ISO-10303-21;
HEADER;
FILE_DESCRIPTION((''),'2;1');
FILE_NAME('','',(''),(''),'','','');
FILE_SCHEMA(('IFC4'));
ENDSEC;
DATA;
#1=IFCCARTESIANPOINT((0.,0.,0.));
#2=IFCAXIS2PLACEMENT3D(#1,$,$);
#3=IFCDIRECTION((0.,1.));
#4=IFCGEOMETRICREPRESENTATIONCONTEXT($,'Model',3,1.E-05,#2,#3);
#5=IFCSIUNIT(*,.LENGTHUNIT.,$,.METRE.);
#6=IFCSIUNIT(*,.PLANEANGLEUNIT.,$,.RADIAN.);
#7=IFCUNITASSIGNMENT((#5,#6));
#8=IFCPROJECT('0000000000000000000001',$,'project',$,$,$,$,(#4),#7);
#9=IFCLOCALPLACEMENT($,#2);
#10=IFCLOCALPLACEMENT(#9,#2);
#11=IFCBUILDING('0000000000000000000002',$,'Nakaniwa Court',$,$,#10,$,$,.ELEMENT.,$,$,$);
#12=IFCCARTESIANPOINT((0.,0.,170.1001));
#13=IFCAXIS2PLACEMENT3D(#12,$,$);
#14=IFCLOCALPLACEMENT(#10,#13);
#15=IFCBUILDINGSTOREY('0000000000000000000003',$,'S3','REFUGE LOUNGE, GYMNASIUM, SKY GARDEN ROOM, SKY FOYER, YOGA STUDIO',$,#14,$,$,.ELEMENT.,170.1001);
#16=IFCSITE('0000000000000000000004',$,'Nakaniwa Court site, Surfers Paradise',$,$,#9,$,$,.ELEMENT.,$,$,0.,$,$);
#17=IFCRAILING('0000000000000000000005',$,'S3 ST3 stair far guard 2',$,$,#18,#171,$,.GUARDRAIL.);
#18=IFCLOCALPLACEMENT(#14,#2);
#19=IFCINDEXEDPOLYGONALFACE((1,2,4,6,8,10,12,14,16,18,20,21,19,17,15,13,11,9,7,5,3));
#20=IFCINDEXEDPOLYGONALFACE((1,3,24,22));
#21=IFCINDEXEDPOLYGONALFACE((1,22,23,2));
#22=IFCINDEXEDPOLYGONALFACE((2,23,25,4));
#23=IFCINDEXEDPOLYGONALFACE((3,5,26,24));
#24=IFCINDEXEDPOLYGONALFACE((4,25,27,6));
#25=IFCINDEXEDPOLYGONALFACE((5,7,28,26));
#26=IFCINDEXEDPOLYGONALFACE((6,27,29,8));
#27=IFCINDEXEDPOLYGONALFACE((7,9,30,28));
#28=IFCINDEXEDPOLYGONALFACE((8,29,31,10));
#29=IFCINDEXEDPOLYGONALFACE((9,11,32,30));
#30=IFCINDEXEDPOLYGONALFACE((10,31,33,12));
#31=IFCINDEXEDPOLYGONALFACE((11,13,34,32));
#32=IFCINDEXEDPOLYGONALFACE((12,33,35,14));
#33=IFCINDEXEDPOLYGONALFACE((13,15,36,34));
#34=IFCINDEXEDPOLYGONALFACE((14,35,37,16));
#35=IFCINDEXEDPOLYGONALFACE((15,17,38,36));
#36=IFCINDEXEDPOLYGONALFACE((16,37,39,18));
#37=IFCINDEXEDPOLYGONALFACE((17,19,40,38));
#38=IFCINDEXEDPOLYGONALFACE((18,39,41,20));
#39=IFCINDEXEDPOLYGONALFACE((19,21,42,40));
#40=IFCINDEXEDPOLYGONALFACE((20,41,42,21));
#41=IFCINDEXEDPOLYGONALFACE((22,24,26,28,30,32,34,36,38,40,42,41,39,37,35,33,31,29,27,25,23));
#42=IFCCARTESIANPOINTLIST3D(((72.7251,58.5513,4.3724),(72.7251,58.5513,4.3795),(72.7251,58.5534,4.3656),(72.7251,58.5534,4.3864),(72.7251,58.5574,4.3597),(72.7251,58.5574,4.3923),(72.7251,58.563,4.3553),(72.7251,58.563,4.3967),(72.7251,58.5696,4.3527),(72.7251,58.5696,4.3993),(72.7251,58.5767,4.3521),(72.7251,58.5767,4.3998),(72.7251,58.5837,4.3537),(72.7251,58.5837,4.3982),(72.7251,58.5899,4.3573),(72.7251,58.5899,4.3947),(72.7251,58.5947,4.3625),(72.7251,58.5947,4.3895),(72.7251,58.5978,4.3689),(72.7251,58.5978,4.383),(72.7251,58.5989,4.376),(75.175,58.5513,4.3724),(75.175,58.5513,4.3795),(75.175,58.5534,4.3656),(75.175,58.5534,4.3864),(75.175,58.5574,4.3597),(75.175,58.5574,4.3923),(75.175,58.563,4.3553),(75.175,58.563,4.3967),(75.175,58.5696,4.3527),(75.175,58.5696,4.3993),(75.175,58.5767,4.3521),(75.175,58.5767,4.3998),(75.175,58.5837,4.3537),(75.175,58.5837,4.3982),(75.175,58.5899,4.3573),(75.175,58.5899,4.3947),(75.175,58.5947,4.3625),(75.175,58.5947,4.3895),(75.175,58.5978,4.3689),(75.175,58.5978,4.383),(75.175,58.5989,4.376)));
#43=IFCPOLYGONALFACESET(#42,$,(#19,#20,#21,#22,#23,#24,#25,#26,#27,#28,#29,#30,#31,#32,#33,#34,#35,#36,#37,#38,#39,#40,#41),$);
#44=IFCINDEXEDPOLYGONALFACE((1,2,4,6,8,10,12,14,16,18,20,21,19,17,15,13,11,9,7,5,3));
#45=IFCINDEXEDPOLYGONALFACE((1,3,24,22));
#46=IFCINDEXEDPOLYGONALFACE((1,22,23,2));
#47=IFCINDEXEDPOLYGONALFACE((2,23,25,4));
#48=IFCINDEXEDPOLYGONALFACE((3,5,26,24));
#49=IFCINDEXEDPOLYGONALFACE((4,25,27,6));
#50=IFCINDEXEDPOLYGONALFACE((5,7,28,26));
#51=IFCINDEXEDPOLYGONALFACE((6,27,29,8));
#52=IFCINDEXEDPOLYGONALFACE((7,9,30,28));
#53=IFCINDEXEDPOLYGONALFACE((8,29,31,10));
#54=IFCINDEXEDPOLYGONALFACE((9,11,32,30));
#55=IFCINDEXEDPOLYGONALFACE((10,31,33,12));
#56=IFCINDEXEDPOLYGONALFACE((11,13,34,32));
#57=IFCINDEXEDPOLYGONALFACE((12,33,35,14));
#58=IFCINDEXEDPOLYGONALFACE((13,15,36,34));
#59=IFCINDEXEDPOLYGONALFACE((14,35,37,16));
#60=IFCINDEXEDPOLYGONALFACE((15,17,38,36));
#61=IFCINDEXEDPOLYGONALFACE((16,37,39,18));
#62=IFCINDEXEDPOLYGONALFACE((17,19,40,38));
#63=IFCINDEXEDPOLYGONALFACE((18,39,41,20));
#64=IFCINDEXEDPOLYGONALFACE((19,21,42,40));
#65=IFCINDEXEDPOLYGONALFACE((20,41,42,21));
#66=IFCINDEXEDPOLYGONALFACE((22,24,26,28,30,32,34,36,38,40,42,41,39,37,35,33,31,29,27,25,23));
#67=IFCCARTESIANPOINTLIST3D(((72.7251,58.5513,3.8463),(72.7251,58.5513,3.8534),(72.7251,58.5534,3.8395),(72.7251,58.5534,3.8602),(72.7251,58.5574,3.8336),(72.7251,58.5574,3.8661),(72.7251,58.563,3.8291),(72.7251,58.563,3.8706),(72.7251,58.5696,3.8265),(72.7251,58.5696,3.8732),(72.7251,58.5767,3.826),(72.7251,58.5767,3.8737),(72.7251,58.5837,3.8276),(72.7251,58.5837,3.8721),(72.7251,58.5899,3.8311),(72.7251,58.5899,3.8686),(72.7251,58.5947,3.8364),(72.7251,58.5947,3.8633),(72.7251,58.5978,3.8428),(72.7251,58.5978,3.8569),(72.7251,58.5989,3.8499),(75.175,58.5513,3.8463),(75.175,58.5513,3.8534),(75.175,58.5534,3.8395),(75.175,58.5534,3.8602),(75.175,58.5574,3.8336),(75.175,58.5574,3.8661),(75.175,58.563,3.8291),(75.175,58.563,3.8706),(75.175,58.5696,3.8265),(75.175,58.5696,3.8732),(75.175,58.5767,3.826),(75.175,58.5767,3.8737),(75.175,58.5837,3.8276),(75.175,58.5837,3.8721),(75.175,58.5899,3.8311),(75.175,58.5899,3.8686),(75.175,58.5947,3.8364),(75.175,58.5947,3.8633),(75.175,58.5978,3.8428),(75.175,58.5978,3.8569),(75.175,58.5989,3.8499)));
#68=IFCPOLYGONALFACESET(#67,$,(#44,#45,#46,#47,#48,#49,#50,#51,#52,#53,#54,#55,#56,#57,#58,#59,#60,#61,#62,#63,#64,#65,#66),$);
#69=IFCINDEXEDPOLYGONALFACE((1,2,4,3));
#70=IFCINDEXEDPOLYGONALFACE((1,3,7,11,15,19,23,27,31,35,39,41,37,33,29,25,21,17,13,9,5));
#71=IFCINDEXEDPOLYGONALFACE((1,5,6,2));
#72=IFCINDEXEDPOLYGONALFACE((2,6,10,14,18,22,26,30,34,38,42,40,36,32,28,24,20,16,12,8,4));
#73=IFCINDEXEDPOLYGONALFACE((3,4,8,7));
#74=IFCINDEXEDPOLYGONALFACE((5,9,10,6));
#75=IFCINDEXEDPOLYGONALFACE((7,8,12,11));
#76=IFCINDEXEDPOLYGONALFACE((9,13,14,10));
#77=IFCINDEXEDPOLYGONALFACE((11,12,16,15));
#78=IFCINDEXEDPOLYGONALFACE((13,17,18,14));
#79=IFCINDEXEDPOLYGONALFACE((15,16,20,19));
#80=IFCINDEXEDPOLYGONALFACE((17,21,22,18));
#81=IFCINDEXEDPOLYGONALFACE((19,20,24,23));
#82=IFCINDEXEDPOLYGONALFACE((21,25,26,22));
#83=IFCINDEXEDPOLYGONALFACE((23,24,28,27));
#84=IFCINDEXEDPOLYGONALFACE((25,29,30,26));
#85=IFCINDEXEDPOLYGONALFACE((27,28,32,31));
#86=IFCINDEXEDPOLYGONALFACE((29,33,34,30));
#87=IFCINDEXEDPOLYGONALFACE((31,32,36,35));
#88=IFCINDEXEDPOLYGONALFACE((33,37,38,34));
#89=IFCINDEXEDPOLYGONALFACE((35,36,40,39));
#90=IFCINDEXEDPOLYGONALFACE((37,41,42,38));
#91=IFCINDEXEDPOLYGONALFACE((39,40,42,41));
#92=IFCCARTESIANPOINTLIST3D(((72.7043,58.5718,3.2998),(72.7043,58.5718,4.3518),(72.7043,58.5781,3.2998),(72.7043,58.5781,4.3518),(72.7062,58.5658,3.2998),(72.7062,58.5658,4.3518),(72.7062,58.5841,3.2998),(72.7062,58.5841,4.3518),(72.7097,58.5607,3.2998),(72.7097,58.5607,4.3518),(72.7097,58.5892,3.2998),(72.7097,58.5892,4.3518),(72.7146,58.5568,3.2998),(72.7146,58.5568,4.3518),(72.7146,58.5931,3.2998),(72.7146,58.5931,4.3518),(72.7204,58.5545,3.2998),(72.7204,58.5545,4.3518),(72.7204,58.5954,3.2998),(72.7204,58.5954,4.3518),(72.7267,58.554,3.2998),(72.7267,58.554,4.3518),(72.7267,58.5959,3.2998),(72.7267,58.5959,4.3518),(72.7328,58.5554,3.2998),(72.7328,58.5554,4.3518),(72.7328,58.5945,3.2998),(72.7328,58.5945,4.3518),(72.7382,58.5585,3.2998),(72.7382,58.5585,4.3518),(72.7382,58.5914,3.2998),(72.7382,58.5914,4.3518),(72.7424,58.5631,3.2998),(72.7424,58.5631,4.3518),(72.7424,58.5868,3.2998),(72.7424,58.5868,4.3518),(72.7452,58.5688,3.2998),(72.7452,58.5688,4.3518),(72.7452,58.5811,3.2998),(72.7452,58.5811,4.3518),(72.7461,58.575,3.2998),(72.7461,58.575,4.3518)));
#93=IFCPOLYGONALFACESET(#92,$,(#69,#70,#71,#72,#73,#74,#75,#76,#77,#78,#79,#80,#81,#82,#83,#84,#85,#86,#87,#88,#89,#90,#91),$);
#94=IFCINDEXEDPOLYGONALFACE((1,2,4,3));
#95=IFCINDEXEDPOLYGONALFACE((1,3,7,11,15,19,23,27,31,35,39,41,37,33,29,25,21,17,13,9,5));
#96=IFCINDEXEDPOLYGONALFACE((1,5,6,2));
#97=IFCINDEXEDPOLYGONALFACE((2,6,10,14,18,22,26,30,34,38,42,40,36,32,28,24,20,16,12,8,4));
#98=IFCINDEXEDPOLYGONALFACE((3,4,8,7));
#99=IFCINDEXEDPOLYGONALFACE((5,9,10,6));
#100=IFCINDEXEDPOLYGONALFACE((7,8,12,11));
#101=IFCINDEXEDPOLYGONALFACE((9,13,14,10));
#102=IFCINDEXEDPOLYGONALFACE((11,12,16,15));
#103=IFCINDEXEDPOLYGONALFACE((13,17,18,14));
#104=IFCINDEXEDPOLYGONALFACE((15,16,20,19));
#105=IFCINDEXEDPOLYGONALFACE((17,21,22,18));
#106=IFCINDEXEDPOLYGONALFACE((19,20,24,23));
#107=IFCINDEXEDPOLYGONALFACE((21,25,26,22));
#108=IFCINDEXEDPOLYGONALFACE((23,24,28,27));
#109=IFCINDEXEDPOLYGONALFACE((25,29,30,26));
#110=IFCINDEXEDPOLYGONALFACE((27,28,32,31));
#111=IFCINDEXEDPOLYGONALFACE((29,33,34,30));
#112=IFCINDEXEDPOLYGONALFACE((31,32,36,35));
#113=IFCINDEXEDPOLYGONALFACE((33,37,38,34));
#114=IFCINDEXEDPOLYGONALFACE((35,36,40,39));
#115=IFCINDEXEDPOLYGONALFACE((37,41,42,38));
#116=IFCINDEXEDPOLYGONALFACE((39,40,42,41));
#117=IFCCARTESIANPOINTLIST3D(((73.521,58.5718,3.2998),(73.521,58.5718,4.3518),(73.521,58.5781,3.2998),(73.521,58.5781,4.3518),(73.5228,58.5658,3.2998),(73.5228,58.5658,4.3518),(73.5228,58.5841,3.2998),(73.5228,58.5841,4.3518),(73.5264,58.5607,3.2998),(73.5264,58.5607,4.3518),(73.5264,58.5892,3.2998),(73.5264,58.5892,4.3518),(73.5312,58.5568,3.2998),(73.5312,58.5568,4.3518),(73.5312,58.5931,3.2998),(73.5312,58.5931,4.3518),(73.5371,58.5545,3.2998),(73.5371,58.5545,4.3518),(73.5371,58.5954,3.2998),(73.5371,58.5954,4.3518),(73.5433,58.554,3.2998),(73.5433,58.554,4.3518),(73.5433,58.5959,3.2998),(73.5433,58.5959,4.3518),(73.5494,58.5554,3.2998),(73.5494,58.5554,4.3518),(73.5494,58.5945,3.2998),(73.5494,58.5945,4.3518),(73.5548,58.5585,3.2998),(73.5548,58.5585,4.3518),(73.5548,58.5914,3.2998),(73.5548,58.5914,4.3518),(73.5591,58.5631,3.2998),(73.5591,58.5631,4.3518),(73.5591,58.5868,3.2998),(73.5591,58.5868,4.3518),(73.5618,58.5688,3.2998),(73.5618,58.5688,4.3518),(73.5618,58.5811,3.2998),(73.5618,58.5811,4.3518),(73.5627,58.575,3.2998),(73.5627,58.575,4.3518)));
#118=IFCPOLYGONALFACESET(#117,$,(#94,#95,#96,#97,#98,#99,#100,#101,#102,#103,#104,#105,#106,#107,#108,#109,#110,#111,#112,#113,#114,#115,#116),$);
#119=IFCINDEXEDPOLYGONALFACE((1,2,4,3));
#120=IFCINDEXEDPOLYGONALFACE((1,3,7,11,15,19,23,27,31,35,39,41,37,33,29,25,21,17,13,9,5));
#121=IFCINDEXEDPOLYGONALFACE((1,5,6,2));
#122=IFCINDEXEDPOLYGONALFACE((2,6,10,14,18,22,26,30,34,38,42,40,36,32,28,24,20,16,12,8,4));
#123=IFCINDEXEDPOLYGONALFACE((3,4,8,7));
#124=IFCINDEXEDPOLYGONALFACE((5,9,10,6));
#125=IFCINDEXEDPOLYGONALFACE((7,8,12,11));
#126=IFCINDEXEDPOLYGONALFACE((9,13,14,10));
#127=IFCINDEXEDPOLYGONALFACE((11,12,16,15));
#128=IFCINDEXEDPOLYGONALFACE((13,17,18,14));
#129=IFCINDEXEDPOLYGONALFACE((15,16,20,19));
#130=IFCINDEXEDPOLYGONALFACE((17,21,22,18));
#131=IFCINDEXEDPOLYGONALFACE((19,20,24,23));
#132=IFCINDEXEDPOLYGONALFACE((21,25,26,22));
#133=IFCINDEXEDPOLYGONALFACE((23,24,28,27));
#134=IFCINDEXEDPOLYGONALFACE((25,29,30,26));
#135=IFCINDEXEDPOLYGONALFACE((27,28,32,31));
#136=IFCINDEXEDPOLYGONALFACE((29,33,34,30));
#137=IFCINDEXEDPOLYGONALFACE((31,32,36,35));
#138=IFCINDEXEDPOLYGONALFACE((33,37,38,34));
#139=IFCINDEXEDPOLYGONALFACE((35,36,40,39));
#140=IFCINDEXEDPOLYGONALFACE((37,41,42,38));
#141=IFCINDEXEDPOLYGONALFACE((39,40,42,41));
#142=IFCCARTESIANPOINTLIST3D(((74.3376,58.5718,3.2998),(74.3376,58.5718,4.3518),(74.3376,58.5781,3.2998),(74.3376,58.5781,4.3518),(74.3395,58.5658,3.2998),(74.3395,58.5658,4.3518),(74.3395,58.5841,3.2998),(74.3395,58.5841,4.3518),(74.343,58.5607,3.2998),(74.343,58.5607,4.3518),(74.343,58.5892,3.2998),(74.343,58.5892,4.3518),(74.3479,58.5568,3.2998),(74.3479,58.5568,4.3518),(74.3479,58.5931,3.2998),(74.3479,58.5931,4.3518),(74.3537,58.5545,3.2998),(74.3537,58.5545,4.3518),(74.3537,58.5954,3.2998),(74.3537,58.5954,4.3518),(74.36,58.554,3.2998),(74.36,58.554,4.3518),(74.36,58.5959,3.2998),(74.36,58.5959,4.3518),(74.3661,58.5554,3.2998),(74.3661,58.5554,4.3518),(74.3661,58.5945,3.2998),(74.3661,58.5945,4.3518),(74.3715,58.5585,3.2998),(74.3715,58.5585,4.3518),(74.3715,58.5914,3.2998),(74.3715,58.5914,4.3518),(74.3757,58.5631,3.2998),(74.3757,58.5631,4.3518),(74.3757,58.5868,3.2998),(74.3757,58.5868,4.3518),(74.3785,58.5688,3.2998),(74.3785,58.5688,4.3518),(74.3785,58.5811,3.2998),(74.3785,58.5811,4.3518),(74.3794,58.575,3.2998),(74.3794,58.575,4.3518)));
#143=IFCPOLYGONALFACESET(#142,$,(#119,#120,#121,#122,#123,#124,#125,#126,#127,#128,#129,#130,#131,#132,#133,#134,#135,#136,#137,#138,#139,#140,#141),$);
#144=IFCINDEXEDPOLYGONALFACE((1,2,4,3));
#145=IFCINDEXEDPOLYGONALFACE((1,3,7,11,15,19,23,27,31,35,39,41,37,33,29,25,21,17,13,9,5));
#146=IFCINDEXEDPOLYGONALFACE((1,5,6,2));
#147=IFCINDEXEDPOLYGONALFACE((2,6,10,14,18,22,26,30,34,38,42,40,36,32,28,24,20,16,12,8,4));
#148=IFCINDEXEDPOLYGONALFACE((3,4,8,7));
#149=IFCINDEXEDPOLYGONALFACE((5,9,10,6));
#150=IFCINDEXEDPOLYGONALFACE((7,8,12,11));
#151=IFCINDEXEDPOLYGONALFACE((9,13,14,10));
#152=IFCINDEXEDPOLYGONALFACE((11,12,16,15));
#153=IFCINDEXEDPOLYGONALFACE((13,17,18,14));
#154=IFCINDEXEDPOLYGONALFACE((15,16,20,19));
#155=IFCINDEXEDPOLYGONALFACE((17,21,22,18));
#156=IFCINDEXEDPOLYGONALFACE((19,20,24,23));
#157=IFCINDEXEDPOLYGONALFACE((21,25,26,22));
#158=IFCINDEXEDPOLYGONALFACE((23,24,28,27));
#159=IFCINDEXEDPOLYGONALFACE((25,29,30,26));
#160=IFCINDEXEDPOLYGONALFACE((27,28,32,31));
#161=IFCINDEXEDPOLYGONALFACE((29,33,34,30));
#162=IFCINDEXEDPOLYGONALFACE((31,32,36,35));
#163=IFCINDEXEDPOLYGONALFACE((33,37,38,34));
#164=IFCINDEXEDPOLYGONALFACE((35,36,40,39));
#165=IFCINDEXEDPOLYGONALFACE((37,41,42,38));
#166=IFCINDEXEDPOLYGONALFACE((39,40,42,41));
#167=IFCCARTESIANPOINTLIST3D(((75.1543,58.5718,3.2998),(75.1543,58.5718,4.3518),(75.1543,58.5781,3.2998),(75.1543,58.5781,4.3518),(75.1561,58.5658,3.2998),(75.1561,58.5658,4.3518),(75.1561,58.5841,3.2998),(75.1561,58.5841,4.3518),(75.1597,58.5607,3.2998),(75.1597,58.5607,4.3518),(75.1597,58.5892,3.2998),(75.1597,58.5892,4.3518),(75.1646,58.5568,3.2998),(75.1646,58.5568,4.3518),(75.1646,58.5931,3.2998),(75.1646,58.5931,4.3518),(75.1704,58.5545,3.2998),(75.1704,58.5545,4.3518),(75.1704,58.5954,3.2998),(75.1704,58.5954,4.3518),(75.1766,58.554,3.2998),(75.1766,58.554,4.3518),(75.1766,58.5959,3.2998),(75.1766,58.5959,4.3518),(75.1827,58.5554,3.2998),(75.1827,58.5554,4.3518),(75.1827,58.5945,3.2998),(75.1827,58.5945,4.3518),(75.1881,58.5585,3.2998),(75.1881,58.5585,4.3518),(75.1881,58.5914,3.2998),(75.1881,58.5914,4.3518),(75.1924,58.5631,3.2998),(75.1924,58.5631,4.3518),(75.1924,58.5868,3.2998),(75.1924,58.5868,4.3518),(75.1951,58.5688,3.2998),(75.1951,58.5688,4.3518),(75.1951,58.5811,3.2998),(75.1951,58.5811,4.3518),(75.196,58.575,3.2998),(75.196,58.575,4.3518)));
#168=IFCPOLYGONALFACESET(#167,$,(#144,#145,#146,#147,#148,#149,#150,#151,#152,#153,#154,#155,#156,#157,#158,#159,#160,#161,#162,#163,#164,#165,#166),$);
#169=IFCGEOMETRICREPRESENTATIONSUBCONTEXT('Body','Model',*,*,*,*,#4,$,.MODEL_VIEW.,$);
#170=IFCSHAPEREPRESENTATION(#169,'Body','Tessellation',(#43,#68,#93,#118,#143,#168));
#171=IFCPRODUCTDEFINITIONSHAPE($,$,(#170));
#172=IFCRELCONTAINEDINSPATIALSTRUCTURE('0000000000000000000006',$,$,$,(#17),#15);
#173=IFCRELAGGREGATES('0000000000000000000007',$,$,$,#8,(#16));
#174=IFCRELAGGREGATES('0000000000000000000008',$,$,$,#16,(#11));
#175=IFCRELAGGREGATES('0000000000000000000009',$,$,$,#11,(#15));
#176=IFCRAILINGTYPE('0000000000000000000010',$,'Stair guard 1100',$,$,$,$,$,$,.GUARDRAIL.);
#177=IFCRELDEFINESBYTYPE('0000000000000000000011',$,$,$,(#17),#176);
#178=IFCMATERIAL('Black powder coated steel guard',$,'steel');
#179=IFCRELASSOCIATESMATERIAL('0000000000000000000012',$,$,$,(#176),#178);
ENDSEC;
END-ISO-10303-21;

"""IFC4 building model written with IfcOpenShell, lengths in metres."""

from ifc_helpers import new_model, si_unit, direction, frame, origin, origin_2d, place, context, subcontext, project, spatial, circle, extrude, material, type_object, element, save


model = new_model("IFC4")

# Units and contexts
model_context = context("Model", 3, precision=1e-05, world=origin(), true_north=direction((0.0, 1.0)))
body_context = subcontext(model_context, "Body", "Model", "MODEL_VIEW")
ifc_project = project(units=[si_unit("LENGTHUNIT", "METRE"), si_unit("PLANEANGLEUNIT", "RADIAN")], contexts=[model_context])

# Site, building, storey
site_placement = place(None, origin())
site = spatial("IfcSite", under=ifc_project, at=site_placement, Name="Nakaniwa Court site, Surfers Paradise", CompositionType="ELEMENT", RefElevation=0.0)
building_placement = place(site_placement, origin())
building = spatial("IfcBuilding", under=site, at=building_placement, Name="Nakaniwa Court", CompositionType="ELEMENT")
storey_placement = place(building_placement, frame((0.0, 0.0, 170.1001)))
storey = spatial("IfcBuildingStorey", under=building, at=storey_placement, Name="S3", Description="REFUGE LOUNGE, GYMNASIUM, SKY GARDEN ROOM, SKY FOYER, YOGA STUDIO", CompositionType="ELEMENT", Elevation=170.1001)

# Railing
ifc_material_1 = material(Name="Black powder coated steel guard", Category="steel")
railing_type_1 = type_object("IfcRailingType", Name="Stair guard 1100", PredefinedType="GUARDRAIL", material=ifc_material_1)
for number, where, name in (
    (1, (72.7251, 58.575, 3.2998), "S3 ST3 stair far guard 2"),
):
    element("IfcRailing", number, at=place(storey_placement, frame(where)), inside=storey, type_object=railing_type_1, Name=name, PredefinedType="GUARDRAIL", context=body_context, shape_type="SweptSolid", body=[
        extrude(circle(Radius=0.0239, at=origin_2d()), frame((0.0, 0.0, 1.0762), z_axis=(1.0, 0.0, 0.0), x_axis=(0.0, 1.0, 0.0)), (0.0, 0.0, 1.0), 2.45),
        extrude(circle(Radius=0.0239, at=origin_2d()), frame((0.0, 0.0, 0.55), z_axis=(1.0, 0.0, 0.0), x_axis=(0.0, 1.0, 0.0)), (0.0, 0.0, 1.0), 2.45),
        extrude(circle(Radius=0.021, at=origin_2d()), origin(), (0.0, 0.0, 1.0), 1.052),
        extrude(circle(Radius=0.021, at=origin_2d()), frame((0.8167, 0.0, 0.0)), (0.0, 0.0, 1.0), 1.052),
        extrude(circle(Radius=0.021, at=origin_2d()), frame((1.6333, 0.0, 0.0)), (0.0, 0.0, 1.0), 1.052),
        extrude(circle(Radius=0.021, at=origin_2d()), frame((2.45, 0.0, 0.0)), (0.0, 0.0, 1.0), 1.052),
    ])

save(model, "model.ifc")
